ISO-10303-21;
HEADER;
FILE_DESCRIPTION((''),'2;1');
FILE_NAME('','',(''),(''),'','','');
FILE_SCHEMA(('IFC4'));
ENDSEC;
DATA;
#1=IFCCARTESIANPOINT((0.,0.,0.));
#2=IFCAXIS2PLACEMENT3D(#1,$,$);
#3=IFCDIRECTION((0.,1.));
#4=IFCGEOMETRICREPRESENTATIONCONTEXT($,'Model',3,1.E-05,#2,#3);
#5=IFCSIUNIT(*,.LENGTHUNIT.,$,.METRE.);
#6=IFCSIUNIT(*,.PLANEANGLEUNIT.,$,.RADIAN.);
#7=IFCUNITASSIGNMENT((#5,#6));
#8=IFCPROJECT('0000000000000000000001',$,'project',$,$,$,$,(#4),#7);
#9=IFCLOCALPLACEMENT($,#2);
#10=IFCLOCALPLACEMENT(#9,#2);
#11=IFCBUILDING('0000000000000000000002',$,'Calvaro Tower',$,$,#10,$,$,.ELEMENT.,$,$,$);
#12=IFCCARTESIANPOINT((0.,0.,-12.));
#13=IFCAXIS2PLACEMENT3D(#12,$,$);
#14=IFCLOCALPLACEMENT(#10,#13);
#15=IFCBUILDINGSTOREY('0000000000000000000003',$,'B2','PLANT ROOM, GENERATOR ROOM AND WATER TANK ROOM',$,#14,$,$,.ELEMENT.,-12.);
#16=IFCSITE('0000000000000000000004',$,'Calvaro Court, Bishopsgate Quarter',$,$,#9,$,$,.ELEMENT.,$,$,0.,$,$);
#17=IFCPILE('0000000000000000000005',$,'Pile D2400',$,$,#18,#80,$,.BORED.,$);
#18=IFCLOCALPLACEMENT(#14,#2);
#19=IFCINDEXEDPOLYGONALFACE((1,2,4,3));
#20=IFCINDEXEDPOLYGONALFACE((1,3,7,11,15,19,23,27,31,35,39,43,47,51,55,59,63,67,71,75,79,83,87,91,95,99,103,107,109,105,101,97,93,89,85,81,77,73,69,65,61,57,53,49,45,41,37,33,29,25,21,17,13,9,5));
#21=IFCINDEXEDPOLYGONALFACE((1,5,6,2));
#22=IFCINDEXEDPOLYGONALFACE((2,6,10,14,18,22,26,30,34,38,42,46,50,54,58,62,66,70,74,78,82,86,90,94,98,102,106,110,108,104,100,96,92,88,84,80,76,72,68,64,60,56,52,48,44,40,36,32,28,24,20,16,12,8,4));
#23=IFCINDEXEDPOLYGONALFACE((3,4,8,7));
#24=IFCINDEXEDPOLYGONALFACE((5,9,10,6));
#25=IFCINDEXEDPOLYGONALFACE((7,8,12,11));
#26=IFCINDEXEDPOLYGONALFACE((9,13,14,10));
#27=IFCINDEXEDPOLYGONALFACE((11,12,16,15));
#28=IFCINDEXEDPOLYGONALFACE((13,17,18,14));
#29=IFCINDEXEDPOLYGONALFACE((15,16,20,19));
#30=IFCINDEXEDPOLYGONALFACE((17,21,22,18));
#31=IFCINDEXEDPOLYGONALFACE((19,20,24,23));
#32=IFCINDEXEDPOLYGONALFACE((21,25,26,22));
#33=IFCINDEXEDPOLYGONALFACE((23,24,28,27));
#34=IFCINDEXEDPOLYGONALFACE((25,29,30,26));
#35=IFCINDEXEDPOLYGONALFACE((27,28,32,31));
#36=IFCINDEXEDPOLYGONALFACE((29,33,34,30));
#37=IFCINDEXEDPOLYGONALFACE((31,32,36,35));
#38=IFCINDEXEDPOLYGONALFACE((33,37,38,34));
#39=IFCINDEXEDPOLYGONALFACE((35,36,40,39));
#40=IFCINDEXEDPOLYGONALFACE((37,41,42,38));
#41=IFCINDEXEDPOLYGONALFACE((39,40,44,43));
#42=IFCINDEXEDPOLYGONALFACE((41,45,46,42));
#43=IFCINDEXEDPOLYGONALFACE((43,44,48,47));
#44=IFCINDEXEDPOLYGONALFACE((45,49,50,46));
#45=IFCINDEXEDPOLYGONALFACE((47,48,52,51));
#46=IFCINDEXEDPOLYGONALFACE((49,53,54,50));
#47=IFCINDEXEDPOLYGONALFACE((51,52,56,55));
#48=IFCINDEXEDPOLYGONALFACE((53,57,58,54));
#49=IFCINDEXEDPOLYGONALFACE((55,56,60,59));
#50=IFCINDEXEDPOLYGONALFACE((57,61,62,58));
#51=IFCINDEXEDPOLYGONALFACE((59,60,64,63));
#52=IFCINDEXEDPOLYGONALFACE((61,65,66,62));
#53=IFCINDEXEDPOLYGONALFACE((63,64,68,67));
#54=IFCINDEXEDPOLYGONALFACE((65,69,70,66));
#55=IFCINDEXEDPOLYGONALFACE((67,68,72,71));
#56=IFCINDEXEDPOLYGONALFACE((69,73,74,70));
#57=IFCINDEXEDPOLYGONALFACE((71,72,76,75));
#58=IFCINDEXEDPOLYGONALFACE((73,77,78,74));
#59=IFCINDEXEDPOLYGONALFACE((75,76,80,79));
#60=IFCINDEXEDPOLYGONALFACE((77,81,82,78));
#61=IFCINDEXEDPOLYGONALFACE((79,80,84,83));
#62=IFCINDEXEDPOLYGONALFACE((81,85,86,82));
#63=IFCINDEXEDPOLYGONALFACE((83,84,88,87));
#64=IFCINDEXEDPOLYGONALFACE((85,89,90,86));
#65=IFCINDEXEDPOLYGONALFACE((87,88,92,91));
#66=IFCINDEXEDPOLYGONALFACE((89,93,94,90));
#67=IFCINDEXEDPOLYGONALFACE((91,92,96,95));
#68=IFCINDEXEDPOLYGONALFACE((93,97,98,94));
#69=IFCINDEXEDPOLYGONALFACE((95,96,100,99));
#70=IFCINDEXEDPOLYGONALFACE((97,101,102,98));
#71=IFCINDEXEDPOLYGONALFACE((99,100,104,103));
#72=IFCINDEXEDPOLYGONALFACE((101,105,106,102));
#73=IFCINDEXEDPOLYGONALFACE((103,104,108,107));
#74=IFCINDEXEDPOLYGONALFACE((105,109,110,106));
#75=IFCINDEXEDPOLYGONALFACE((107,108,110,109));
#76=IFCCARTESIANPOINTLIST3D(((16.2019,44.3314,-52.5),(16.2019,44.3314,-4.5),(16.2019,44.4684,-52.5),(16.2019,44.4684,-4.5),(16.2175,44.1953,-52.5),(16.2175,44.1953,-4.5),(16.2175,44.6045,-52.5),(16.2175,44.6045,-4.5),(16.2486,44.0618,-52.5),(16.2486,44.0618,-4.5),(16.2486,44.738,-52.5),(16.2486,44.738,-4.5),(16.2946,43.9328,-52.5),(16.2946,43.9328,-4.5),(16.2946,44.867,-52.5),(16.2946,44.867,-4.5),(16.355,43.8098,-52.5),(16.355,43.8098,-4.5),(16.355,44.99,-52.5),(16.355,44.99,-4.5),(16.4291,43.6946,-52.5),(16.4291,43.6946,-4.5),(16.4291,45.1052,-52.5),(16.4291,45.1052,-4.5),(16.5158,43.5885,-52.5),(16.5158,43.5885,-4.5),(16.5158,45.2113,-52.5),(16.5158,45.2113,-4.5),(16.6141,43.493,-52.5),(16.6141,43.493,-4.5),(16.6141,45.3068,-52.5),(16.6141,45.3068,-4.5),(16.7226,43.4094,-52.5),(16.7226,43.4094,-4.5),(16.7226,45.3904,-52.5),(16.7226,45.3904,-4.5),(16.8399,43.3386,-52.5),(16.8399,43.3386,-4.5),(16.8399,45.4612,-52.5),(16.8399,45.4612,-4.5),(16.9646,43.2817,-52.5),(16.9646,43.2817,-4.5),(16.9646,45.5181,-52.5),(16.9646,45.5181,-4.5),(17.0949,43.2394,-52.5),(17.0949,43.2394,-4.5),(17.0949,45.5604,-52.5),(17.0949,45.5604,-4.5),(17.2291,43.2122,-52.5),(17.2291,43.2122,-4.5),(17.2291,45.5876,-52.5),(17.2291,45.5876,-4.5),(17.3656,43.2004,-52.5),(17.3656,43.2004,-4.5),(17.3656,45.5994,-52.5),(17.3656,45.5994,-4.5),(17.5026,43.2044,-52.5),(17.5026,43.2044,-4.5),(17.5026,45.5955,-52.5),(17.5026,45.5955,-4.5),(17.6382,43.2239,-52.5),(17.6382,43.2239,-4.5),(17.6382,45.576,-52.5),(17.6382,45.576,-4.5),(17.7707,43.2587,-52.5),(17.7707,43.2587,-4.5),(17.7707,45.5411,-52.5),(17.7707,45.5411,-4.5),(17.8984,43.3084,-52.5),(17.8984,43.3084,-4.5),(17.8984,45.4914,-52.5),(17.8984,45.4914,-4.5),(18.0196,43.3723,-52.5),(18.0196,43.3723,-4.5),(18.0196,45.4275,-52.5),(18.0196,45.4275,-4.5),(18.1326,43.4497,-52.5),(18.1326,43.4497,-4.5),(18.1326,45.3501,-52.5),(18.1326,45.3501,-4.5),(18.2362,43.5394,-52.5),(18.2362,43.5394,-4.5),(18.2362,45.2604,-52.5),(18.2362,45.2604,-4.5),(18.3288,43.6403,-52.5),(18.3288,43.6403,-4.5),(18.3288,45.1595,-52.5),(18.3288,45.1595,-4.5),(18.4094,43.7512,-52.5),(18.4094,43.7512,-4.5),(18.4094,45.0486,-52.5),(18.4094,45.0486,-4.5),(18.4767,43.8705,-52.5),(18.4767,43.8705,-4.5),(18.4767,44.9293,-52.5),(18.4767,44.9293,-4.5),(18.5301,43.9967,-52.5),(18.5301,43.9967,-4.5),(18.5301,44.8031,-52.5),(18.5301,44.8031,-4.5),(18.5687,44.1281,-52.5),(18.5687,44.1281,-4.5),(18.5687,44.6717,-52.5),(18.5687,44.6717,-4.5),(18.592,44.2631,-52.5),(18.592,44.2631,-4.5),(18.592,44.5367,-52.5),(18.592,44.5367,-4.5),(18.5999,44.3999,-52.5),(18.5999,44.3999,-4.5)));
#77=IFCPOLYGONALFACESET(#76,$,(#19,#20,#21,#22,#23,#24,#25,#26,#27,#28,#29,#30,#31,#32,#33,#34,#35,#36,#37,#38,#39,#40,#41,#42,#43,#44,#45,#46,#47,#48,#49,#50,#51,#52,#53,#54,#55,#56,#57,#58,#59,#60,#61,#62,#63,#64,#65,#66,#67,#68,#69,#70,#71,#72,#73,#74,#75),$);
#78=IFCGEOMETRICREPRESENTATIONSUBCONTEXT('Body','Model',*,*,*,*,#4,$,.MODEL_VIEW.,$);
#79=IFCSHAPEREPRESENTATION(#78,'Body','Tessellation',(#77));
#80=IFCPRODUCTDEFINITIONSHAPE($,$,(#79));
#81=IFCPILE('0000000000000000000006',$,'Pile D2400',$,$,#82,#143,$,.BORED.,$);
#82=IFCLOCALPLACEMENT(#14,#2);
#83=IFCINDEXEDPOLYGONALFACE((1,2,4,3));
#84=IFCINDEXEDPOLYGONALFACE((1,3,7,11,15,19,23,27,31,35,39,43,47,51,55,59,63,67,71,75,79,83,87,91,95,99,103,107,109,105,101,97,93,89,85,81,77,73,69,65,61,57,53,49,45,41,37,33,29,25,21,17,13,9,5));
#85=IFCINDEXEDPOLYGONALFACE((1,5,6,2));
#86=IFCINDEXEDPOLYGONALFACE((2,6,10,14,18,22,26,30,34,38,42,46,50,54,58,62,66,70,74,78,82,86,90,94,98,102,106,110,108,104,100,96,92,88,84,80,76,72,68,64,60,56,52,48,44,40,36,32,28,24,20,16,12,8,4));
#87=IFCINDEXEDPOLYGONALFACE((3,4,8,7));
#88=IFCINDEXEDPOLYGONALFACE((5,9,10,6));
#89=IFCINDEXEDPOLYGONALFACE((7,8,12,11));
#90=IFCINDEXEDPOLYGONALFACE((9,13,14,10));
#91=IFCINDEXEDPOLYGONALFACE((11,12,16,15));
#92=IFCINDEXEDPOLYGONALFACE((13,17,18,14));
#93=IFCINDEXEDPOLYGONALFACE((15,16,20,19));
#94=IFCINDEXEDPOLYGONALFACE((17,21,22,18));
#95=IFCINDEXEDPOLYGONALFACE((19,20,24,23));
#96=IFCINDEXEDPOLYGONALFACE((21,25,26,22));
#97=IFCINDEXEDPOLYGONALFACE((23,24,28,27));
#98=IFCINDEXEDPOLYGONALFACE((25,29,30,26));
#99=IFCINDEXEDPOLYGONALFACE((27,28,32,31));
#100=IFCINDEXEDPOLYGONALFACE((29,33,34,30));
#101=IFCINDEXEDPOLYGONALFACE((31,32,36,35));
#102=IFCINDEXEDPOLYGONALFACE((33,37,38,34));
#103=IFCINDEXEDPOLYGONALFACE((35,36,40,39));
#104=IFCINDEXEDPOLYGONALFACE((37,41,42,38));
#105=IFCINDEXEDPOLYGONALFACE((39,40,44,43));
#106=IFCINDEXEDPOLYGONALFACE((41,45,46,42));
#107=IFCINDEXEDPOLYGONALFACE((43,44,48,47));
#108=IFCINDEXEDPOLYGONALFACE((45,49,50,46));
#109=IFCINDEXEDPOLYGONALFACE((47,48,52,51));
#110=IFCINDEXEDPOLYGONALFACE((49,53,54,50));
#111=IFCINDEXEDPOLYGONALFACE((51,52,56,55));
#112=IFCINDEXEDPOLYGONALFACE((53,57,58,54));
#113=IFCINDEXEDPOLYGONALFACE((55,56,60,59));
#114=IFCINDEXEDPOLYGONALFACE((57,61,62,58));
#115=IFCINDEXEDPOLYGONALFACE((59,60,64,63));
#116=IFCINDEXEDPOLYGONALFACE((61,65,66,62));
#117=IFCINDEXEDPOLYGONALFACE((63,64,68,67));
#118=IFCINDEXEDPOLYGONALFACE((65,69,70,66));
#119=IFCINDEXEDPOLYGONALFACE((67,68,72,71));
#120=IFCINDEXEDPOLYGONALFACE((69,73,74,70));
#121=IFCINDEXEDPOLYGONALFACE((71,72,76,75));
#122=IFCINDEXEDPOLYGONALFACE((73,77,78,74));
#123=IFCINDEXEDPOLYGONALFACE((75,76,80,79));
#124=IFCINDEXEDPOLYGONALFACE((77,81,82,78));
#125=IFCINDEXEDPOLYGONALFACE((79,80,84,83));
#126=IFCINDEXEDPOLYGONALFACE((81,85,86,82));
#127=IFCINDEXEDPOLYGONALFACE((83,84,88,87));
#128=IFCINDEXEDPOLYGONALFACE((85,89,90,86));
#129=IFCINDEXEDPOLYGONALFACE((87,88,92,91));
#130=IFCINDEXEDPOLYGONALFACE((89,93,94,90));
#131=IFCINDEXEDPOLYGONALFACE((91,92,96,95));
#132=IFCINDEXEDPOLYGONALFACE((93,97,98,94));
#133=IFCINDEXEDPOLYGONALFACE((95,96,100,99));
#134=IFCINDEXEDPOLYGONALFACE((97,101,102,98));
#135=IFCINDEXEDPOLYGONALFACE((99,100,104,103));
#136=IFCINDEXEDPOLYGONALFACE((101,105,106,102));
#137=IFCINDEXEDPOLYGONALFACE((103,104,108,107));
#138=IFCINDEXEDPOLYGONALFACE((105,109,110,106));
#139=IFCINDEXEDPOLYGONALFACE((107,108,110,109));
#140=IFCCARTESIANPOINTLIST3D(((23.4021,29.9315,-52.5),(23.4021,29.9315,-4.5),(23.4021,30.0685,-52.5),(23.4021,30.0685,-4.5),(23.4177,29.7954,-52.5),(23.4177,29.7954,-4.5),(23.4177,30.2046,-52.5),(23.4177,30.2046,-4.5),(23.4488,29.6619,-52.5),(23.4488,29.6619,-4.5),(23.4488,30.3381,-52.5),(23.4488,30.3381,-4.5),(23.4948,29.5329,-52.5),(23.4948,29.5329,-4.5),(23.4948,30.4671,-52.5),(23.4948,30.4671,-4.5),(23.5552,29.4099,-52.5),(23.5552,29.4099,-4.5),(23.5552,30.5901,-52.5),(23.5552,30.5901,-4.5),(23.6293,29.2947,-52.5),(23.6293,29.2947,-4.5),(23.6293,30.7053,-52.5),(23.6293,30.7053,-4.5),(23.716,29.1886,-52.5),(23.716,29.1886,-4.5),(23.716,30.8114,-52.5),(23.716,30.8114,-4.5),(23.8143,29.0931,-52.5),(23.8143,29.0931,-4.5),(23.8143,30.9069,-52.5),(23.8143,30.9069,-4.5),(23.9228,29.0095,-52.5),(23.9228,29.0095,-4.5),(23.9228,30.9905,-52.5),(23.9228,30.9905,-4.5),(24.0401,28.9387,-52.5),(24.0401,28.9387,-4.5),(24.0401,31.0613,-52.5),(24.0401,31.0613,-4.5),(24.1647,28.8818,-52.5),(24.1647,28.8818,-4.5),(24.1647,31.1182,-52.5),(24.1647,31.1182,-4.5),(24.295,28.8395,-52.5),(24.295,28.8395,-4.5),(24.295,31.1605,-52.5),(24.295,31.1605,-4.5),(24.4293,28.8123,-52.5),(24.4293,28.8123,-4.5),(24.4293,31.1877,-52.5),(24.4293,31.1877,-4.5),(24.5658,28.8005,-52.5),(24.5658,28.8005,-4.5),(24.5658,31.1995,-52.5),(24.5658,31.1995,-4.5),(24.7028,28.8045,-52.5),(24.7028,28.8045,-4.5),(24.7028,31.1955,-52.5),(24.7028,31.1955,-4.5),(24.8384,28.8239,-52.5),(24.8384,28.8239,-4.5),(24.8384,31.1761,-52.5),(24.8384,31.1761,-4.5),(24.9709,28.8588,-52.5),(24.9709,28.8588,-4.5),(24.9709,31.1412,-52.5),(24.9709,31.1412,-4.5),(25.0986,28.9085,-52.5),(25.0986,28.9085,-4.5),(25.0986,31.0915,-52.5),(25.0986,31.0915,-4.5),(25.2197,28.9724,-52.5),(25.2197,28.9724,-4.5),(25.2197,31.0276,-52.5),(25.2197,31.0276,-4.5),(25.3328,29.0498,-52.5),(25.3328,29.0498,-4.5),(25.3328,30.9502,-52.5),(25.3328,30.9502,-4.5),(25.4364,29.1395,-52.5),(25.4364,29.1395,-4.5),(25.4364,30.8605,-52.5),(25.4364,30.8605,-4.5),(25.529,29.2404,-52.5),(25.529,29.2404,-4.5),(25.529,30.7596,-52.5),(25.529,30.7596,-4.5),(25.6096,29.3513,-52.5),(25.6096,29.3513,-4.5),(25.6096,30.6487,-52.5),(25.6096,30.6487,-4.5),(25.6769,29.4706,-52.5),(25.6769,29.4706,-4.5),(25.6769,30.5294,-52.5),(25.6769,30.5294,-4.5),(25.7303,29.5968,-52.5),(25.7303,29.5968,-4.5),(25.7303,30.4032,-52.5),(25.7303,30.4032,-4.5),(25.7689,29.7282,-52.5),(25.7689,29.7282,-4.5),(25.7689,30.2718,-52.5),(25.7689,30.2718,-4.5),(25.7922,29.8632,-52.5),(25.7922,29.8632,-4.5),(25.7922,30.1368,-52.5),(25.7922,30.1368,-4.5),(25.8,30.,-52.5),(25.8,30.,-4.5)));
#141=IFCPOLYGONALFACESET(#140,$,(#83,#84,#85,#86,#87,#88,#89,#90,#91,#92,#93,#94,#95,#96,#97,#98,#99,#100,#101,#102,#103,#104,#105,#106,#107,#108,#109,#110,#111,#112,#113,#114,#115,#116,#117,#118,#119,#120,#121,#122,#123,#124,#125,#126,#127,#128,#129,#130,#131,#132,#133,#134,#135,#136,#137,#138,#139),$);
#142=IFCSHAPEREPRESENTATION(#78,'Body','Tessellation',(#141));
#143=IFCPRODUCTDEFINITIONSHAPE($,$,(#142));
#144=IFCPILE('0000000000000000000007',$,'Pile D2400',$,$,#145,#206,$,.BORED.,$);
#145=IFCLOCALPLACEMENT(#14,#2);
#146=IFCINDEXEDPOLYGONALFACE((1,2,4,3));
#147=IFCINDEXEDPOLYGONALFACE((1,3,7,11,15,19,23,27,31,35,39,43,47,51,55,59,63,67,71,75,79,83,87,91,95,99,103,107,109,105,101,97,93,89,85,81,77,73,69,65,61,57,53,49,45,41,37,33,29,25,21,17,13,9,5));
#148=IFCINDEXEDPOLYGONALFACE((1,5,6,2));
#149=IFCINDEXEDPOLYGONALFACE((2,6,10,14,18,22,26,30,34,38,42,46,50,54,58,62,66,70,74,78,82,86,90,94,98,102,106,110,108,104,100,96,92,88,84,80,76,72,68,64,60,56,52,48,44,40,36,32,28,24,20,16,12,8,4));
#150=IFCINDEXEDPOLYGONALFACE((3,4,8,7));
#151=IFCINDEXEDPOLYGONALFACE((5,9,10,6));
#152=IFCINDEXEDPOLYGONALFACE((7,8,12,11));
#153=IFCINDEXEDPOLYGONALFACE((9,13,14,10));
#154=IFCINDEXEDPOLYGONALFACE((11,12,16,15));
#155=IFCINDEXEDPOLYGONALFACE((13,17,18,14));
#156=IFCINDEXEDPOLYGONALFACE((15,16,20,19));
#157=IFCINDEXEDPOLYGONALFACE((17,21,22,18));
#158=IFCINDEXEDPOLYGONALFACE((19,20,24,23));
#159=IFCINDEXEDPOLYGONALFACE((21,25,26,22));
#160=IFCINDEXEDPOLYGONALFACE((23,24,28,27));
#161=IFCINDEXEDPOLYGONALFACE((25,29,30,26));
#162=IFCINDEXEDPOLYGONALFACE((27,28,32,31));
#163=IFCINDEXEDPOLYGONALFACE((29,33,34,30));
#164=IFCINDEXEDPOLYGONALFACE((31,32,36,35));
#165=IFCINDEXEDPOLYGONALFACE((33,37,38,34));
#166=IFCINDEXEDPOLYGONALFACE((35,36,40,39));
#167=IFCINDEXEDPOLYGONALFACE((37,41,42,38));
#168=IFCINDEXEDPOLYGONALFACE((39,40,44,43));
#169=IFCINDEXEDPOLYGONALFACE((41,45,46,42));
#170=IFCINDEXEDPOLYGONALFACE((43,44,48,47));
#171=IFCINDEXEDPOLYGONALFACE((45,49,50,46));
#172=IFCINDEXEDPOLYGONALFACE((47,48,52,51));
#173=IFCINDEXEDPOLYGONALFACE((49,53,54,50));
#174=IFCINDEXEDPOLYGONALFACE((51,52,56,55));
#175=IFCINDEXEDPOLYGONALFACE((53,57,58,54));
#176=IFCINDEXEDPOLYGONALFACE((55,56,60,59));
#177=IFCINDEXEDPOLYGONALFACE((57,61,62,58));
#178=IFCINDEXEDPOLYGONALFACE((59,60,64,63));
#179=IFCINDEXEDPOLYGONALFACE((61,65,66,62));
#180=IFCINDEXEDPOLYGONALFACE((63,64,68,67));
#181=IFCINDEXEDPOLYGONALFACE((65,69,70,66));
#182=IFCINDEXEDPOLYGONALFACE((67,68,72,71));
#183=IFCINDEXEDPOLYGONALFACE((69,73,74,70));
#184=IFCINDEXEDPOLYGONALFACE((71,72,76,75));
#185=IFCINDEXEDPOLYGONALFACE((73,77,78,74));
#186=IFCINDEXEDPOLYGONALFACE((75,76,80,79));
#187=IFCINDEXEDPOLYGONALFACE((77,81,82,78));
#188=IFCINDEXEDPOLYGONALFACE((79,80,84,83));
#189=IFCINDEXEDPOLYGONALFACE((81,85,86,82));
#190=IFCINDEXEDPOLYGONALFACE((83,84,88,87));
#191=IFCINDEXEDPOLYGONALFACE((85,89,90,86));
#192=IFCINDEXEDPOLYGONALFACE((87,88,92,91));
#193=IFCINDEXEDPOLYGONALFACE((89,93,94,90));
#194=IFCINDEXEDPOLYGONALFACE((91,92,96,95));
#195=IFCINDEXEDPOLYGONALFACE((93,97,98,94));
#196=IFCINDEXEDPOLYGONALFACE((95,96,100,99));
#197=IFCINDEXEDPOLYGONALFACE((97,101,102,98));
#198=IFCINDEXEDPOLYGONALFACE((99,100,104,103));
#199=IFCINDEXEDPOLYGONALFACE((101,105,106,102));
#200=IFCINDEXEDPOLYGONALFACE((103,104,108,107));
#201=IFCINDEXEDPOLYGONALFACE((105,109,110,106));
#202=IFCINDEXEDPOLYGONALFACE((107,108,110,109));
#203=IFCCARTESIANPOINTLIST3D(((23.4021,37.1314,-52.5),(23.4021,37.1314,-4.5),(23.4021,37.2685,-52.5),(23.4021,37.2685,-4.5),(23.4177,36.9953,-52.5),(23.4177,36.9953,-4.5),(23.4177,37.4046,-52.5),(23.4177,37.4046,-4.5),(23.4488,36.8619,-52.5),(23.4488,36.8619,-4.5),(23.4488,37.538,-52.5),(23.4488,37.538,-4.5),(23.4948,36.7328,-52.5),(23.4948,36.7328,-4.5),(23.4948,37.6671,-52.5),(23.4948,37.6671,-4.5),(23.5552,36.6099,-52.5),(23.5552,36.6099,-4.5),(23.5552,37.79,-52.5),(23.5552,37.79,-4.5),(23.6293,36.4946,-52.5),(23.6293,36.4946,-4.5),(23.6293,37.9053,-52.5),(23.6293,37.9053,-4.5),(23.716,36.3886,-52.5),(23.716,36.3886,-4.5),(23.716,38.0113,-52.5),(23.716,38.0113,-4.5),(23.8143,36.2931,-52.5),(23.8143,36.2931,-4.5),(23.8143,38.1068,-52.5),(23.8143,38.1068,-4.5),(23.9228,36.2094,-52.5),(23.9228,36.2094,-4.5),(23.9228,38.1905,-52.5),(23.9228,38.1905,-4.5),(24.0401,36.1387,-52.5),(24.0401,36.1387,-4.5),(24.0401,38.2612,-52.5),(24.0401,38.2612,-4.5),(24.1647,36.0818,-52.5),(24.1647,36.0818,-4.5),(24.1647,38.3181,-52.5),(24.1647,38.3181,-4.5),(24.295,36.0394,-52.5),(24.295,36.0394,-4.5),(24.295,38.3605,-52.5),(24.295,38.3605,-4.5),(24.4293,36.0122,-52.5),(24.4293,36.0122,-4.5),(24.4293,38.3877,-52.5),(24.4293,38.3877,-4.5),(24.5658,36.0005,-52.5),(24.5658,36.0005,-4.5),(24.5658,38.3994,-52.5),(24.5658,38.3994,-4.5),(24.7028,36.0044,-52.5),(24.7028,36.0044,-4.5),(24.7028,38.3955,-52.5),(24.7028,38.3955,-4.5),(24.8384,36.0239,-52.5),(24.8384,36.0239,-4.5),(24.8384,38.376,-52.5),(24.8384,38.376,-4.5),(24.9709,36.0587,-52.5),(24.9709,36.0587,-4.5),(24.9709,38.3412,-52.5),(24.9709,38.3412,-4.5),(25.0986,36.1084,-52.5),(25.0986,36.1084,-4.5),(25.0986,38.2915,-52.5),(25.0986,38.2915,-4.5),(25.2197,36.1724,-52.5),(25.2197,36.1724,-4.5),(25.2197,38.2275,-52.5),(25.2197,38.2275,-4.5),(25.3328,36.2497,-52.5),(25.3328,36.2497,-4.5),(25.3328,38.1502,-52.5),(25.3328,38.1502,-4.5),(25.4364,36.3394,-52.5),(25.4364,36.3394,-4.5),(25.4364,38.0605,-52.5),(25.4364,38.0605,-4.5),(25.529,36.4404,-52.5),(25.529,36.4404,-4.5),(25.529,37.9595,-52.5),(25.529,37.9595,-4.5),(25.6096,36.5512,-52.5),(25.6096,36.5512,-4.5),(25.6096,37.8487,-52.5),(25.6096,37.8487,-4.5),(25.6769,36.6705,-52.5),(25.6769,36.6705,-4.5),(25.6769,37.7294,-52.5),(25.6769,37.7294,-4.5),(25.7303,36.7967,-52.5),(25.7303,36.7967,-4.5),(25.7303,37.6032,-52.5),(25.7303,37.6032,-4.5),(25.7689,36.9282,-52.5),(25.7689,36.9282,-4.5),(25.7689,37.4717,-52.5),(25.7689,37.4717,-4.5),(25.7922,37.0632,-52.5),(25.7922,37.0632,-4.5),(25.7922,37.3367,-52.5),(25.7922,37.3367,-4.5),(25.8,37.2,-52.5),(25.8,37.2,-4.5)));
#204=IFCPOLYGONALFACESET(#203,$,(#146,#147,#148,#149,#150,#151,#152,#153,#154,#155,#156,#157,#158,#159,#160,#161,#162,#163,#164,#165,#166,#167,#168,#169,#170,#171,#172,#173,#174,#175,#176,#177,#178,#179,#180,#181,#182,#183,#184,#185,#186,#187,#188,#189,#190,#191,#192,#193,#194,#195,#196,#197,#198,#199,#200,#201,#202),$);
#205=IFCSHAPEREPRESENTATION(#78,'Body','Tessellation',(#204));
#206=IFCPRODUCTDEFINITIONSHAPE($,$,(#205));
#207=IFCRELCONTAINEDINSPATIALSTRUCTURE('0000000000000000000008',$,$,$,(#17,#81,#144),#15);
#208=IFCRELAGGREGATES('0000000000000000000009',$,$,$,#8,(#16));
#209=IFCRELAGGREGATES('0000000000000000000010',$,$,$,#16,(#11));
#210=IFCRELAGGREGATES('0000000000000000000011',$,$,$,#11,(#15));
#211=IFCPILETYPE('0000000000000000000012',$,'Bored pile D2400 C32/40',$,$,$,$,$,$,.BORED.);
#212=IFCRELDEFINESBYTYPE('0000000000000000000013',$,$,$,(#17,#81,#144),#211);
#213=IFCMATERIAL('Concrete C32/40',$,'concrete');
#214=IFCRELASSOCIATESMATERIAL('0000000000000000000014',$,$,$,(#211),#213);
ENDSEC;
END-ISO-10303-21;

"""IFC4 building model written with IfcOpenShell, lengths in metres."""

from ifc_helpers import new_model, si_unit, direction, frame, origin, origin_2d, place, context, subcontext, project, spatial, circle, extrude, material, material_profile, profile_set, type_object, element, save


model = new_model("IFC4")

# Units and contexts
model_context = context("Model", 3, precision=1e-05, world=origin(), true_north=direction((0.0, 1.0)))
body_context = subcontext(model_context, "Body", "Model", "MODEL_VIEW")
ifc_project = project(units=[si_unit("LENGTHUNIT", "METRE"), si_unit("PLANEANGLEUNIT", "RADIAN")], contexts=[model_context])

# Site, building, storey
site_placement = place(None, origin())
site = spatial("IfcSite", under=ifc_project, at=site_placement, Name="Calvaro Court, Bishopsgate Quarter", CompositionType="ELEMENT", RefElevation=0.0)
building_placement = place(site_placement, origin())
building = spatial("IfcBuilding", under=site, at=building_placement, Name="Calvaro Tower", CompositionType="ELEMENT")
storey_placement = place(building_placement, frame((0.0, 0.0, -12.0)))
storey = spatial("IfcBuildingStorey", under=building, at=storey_placement, Name="B2", Description="PLANT ROOM, GENERATOR ROOM AND WATER TANK ROOM", CompositionType="ELEMENT", Elevation=-12.0)

# Piles
ifc_material_1 = material(Name="Concrete C32/40", Category="concrete")
ifc_material_profile = material_profile(ifc_material_1, circle(Radius=1.2, at=origin_2d()), Name="Bored pile D2400")
ifc_profile_set = profile_set([ifc_material_profile], Name="Concrete C32/40")
pile_type = type_object("IfcPileType", Name="Bored pile D2400 C32/40", PredefinedType="BORED", material=ifc_profile_set)
for number, where, z_axis, x_axis, name in (
    (1, (17.3999, 44.3999, -4.5), (0.0, 0.0, -1.0), (1.0, 0.0, 0.0), "Pile D2400"),
    (2, (24.6001, 30.0, -4.5), (0.0, 0.0, -1.0), (1.0, 0.0, 0.0), "Pile D2400"),
    (3, (24.6001, 37.2, -4.5), (0.0, 0.0, -1.0), (1.0, 0.0, 0.0), "Pile D2400"),
):
    element("IfcPile", number, at=place(storey_placement, frame(where, z_axis=z_axis, x_axis=x_axis)), inside=storey, type_object=pile_type, Name=name, PredefinedType="BORED", context=body_context, shape_type="SweptSolid", body=[
        extrude(circle(Radius=1.2, at=origin_2d()), origin(), (0.0, 0.0, 1.0), 48.0),
    ])

save(model, "model.ifc")
